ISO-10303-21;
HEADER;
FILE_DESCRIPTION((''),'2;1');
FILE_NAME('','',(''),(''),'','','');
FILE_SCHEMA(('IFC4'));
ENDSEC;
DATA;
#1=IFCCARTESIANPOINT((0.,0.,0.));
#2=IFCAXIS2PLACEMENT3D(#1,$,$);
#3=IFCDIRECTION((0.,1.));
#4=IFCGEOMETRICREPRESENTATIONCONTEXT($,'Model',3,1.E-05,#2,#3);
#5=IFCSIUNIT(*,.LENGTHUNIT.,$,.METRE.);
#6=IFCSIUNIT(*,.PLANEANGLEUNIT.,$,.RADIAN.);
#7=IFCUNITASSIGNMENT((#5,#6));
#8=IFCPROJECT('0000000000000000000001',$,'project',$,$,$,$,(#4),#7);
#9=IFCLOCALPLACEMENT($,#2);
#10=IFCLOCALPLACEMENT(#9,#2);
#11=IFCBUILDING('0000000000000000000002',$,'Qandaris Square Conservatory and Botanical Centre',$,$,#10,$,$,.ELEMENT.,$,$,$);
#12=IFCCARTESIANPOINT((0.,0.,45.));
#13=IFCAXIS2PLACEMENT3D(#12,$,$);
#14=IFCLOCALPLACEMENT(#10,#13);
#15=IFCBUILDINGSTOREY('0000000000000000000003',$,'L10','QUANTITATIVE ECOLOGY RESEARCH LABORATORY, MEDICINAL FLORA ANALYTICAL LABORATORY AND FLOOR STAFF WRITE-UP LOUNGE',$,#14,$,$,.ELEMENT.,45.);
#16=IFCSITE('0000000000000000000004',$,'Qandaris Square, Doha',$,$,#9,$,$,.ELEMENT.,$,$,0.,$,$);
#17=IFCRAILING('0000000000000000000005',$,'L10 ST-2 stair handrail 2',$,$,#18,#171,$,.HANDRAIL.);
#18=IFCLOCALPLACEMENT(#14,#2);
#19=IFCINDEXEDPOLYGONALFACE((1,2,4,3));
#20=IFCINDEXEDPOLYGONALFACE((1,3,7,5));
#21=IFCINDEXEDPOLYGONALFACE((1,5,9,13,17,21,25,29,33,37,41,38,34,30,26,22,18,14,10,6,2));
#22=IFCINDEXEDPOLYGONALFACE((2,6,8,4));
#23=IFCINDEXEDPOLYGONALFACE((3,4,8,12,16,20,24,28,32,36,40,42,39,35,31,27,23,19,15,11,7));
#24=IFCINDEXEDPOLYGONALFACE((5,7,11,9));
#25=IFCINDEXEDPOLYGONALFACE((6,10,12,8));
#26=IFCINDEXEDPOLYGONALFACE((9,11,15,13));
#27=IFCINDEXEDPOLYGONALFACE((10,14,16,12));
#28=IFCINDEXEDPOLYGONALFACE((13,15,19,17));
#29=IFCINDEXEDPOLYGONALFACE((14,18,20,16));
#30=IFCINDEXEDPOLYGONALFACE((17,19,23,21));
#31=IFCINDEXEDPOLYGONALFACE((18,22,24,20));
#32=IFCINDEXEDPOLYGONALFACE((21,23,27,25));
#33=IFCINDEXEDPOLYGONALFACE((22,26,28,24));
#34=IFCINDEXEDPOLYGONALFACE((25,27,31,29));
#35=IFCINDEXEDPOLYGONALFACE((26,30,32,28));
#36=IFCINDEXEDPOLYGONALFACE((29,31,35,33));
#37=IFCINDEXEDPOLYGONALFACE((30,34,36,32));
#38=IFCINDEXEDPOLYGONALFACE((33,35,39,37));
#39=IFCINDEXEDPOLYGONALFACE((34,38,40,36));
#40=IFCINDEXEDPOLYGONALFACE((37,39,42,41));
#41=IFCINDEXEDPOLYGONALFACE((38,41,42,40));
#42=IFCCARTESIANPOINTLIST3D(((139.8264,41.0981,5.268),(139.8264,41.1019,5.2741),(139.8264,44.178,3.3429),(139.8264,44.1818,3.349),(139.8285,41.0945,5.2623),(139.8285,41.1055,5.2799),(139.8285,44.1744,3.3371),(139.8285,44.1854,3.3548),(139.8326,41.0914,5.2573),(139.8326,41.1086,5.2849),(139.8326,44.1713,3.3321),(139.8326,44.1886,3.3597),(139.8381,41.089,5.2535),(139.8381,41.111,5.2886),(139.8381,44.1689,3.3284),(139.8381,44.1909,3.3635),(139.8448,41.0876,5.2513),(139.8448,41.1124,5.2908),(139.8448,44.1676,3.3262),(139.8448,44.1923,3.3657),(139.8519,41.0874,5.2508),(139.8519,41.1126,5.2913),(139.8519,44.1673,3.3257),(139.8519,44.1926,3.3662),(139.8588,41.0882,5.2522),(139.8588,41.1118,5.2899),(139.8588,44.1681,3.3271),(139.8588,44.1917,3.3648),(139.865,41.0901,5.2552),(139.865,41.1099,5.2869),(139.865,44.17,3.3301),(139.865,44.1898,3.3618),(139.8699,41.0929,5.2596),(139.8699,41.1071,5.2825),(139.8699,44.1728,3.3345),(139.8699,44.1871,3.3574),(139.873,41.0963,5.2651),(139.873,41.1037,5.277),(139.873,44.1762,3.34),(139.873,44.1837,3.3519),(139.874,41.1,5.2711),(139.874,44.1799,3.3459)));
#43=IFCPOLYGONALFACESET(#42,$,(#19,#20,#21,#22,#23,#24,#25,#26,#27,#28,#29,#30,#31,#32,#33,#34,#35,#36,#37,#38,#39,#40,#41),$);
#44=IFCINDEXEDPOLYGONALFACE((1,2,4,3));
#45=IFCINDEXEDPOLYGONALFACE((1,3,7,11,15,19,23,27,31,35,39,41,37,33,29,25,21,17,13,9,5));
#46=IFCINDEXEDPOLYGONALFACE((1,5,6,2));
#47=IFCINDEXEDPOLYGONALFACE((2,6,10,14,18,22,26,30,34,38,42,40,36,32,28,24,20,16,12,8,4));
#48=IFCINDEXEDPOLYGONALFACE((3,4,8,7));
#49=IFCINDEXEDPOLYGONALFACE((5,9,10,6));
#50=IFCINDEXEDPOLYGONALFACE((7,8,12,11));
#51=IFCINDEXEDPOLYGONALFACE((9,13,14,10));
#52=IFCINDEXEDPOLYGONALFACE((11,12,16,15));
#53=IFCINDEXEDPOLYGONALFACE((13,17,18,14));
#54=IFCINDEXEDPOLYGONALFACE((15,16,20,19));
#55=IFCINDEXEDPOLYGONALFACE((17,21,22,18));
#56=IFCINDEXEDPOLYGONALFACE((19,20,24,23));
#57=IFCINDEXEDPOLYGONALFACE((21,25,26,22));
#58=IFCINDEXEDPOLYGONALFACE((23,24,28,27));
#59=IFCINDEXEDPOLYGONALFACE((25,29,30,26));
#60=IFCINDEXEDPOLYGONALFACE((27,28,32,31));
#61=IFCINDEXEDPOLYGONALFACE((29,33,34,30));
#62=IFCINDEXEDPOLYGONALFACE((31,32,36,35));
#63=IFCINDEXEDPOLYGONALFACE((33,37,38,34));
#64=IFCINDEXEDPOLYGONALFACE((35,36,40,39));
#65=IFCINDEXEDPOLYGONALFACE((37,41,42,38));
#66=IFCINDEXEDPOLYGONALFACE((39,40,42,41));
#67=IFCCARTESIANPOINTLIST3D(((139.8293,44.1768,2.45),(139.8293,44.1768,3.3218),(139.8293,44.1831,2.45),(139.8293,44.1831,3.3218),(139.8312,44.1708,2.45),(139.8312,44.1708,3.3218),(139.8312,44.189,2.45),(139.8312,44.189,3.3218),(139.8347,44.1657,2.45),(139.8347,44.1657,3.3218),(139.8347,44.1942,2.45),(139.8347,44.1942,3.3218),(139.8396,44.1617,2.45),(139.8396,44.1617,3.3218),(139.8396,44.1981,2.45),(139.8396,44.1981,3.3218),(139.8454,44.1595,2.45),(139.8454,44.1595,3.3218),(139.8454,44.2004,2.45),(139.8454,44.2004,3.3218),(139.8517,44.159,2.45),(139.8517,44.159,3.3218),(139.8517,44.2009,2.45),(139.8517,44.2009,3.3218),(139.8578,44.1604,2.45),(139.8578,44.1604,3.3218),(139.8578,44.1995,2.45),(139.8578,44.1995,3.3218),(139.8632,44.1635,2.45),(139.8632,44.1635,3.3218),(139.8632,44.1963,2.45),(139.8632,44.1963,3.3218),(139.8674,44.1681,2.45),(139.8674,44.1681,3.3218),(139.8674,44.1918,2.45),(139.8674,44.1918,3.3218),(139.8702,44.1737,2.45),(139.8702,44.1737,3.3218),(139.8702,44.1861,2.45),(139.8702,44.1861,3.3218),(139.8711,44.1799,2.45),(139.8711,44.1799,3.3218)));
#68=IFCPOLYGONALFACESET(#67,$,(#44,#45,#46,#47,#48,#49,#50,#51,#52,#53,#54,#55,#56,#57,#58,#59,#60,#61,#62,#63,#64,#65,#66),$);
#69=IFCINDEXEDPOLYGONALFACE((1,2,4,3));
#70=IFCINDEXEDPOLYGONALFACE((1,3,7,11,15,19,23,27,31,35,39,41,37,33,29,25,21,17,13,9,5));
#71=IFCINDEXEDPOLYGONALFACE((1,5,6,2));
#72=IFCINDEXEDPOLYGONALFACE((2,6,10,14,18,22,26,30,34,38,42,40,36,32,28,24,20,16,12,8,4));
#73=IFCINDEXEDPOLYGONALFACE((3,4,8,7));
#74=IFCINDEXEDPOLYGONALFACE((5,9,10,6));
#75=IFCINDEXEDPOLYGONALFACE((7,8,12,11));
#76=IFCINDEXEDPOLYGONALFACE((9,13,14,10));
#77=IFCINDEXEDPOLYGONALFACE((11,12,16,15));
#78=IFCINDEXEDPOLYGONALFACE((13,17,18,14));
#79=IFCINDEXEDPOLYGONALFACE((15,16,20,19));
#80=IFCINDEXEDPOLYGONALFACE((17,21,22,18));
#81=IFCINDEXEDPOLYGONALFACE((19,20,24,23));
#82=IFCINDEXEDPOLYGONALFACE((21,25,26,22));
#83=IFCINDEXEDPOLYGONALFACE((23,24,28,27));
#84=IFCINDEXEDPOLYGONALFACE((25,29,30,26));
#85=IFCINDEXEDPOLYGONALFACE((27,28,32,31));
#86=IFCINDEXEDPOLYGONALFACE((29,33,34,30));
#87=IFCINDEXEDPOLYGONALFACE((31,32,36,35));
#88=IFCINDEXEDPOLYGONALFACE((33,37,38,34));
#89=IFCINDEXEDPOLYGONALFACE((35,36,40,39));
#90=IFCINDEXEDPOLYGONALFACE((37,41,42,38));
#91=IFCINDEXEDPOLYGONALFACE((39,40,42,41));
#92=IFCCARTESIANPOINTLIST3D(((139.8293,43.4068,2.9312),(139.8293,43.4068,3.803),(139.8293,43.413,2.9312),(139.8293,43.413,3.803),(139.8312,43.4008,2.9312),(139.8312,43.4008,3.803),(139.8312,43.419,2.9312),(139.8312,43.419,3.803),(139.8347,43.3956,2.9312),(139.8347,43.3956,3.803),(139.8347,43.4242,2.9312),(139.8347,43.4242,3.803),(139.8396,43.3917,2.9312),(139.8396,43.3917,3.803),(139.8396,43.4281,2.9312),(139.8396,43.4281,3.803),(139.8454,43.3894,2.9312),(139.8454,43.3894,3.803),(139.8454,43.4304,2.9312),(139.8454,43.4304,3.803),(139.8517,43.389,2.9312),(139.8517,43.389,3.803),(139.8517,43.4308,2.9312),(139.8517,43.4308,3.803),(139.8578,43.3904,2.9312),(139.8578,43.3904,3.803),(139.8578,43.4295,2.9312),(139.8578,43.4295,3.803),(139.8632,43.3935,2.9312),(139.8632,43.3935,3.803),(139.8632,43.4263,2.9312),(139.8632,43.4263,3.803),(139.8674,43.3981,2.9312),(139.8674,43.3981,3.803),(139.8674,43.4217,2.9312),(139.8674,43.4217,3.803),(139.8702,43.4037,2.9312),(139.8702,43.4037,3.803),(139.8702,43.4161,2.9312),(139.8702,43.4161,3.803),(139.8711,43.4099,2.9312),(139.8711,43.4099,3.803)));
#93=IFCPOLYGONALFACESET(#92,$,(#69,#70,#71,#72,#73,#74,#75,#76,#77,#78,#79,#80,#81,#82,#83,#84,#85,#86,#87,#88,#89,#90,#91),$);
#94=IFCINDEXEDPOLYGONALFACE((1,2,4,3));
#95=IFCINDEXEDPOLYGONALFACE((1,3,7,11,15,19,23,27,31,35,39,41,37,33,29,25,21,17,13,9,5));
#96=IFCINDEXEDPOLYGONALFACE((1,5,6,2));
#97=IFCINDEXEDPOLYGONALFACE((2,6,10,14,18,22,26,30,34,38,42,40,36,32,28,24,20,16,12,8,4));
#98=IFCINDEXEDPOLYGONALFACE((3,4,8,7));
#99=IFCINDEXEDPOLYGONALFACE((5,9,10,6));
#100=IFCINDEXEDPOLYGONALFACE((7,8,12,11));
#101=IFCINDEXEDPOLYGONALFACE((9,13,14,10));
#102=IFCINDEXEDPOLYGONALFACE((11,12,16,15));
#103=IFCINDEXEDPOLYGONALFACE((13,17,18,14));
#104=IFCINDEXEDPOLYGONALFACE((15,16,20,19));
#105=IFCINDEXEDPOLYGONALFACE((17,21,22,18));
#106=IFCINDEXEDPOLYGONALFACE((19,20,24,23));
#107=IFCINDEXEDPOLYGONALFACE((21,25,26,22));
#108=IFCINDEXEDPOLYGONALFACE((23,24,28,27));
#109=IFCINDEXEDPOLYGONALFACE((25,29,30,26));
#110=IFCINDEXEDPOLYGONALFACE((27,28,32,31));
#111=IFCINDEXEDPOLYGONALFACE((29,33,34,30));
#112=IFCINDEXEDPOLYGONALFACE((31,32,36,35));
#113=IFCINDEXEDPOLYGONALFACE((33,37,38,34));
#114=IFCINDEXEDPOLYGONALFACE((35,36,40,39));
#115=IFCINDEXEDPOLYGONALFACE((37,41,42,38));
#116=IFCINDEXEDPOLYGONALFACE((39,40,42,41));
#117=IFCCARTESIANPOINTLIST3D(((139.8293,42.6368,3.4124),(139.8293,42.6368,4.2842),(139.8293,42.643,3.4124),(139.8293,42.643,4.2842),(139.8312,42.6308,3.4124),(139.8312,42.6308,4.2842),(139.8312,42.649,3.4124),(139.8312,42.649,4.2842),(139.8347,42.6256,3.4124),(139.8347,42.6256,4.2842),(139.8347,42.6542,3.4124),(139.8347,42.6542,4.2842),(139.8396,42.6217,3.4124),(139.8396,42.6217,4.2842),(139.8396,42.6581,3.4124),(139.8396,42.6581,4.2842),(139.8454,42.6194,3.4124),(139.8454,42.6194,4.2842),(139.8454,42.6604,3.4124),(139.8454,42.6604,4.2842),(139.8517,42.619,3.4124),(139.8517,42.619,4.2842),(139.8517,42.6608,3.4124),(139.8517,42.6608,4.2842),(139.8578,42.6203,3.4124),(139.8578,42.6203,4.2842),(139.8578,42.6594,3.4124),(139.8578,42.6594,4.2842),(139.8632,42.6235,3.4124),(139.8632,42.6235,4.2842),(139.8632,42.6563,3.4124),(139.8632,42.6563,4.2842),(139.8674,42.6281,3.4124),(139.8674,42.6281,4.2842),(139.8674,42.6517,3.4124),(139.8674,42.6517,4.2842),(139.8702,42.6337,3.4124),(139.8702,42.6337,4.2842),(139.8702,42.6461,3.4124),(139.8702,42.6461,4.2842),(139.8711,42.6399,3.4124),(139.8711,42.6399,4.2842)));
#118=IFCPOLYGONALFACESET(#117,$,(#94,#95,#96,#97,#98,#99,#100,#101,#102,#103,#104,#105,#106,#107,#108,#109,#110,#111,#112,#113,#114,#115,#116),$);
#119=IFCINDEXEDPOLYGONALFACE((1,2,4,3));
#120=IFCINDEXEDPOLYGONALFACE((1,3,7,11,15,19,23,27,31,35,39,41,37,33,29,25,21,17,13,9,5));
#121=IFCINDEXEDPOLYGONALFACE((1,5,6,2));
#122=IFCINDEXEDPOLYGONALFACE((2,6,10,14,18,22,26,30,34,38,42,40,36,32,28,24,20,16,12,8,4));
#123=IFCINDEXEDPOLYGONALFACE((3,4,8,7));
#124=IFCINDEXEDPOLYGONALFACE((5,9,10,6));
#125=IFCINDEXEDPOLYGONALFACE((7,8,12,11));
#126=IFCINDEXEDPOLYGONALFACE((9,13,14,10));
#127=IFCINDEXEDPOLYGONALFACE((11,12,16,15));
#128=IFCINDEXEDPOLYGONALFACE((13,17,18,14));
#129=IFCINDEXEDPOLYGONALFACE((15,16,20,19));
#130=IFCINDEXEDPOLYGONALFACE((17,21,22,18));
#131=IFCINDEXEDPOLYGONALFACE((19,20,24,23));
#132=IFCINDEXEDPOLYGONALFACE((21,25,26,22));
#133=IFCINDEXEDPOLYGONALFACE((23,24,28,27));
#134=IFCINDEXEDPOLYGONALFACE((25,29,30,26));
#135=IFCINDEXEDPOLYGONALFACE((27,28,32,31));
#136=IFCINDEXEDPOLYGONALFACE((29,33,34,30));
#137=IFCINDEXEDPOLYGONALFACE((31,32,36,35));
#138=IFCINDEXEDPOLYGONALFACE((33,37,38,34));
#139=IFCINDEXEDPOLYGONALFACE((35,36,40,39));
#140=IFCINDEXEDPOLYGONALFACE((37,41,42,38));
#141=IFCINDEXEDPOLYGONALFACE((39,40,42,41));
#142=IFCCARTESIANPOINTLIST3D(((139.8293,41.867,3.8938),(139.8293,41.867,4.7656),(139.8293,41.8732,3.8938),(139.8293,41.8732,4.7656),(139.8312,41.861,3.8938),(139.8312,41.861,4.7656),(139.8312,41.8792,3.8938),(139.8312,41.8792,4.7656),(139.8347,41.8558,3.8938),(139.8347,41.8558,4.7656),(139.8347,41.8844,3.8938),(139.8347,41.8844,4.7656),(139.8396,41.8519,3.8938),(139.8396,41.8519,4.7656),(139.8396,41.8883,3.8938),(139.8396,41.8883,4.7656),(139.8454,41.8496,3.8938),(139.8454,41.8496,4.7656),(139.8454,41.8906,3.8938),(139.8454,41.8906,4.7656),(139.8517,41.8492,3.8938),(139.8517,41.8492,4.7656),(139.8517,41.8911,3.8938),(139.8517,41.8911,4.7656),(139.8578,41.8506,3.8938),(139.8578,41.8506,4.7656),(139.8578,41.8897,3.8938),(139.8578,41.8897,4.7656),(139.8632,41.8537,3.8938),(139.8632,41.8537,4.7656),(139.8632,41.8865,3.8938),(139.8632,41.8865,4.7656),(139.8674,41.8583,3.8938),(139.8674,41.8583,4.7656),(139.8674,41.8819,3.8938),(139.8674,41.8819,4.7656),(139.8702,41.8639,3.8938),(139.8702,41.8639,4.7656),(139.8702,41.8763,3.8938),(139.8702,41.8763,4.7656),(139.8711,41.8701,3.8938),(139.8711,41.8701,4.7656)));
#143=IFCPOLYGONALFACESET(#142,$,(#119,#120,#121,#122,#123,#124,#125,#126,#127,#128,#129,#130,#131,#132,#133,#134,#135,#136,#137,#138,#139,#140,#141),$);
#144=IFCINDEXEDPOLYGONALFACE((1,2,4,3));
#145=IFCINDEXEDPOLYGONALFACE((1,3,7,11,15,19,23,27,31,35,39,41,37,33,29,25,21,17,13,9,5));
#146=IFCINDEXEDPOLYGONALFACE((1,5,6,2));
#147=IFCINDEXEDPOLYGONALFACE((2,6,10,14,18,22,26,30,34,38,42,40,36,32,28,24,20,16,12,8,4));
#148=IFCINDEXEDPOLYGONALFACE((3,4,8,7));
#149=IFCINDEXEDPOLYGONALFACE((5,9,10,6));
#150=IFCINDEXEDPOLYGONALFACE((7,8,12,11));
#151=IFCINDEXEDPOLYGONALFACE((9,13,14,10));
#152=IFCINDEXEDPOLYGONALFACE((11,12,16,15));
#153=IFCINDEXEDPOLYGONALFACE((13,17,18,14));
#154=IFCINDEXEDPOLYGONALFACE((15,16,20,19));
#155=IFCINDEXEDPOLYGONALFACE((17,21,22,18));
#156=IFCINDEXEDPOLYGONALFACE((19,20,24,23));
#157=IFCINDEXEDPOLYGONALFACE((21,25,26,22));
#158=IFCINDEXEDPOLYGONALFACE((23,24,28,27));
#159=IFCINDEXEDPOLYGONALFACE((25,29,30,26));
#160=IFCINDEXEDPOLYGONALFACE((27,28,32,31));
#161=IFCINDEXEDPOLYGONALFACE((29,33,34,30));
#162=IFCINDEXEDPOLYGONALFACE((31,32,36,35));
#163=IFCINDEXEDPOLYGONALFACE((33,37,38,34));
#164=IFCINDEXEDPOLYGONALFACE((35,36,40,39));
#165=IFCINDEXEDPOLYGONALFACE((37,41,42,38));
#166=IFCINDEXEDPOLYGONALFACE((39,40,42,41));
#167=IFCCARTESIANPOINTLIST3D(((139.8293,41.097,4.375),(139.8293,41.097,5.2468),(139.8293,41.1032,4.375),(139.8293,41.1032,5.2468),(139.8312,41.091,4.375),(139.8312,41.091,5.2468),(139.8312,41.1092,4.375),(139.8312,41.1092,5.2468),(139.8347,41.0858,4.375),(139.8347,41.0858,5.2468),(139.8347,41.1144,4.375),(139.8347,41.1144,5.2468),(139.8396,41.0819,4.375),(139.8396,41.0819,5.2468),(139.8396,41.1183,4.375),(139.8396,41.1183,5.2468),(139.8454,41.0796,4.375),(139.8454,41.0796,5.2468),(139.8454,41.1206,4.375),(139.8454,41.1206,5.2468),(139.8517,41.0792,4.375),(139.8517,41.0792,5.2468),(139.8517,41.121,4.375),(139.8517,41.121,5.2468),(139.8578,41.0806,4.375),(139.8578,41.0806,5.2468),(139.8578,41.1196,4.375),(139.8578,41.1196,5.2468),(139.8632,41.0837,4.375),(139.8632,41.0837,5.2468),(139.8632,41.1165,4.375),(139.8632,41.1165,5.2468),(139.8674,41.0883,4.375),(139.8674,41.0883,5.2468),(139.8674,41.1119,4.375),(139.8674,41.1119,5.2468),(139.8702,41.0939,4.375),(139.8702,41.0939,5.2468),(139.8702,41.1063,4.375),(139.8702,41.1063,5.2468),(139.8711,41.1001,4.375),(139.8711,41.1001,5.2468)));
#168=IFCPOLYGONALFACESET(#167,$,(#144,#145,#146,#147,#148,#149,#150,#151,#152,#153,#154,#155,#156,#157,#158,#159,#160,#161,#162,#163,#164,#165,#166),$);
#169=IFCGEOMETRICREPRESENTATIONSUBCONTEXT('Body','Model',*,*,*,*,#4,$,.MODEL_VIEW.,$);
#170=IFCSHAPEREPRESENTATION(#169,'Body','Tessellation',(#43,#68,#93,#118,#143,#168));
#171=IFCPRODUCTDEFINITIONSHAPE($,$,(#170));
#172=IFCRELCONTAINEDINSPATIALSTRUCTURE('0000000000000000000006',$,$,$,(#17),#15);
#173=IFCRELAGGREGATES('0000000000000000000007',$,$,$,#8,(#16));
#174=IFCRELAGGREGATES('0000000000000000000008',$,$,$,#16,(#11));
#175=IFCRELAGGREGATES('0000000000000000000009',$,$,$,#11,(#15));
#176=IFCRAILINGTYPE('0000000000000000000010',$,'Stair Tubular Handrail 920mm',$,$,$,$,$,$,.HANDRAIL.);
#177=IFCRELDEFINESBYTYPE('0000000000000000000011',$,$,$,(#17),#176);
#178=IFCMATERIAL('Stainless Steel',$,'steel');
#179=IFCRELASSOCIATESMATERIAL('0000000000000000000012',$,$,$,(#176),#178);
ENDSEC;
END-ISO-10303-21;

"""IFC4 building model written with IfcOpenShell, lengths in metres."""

from ifc_helpers import new_model, si_unit, direction, frame, origin, origin_2d, place, context, subcontext, project, spatial, circle, extrude, material, type_object, element, save


model = new_model("IFC4")

# Units and contexts
model_context = context("Model", 3, precision=1e-05, world=origin(), true_north=direction((0.0, 1.0)))
body_context = subcontext(model_context, "Body", "Model", "MODEL_VIEW")
ifc_project = project(units=[si_unit("LENGTHUNIT", "METRE"), si_unit("PLANEANGLEUNIT", "RADIAN")], contexts=[model_context])

# Site, building, storey
site_placement = place(None, origin())
site = spatial("IfcSite", under=ifc_project, at=site_placement, Name="Qandaris Square, Doha", CompositionType="ELEMENT", RefElevation=0.0)
building_placement = place(site_placement, origin())
building = spatial("IfcBuilding", under=site, at=building_placement, Name="Qandaris Square Conservatory and Botanical Centre", CompositionType="ELEMENT")
storey_placement = place(building_placement, frame((0.0, 0.0, 45.0)))
storey = spatial("IfcBuildingStorey", under=building, at=storey_placement, Name="L10", Description="QUANTITATIVE ECOLOGY RESEARCH LABORATORY, MEDICINAL FLORA ANALYTICAL LABORATORY AND FLOOR STAFF WRITE-UP LOUNGE", CompositionType="ELEMENT", Elevation=45.0)

# Railing
ifc_material_1 = material(Name="Stainless Steel", Category="steel")
railing_type_1 = type_object("IfcRailingType", Name="Stair Tubular Handrail 920mm", PredefinedType="HANDRAIL", material=ifc_material_1)
railing_1_placement = place(storey_placement, frame((139.8501, 44.1799, 2.45)))
element("IfcRailing", 1, at=railing_1_placement, inside=storey, type_object=railing_type_1, Name="L10 ST-2 stair handrail 2", PredefinedType="HANDRAIL", context=body_context, shape_type="SweptSolid", body=[
    extrude(circle(Radius=0.0239, at=origin_2d()), frame((0.0, 0.0, 0.896), z_axis=(0.0, -0.847979, 0.530029), x_axis=(1.0, 0.0, 0.0)), (0.0, 0.0, 1.0), 3.6321),
    extrude(circle(Radius=0.021, at=origin_2d()), origin(), (0.0, 0.0, 1.0), 0.8718),
    extrude(circle(Radius=0.021, at=origin_2d()), frame((0.0, -0.77, 0.4812)), (0.0, 0.0, 1.0), 0.8718),
    extrude(circle(Radius=0.021, at=origin_2d()), frame((0.0, -1.54, 0.9624)), (0.0, 0.0, 1.0), 0.8718),
    extrude(circle(Radius=0.021, at=origin_2d()), frame((0.0, -2.3098, 1.4438)), (0.0, 0.0, 1.0), 0.8718),
    extrude(circle(Radius=0.021, at=origin_2d()), frame((0.0, -3.0798, 1.925)), (0.0, 0.0, 1.0), 0.8718),
])

save(model, "model.ifc")
